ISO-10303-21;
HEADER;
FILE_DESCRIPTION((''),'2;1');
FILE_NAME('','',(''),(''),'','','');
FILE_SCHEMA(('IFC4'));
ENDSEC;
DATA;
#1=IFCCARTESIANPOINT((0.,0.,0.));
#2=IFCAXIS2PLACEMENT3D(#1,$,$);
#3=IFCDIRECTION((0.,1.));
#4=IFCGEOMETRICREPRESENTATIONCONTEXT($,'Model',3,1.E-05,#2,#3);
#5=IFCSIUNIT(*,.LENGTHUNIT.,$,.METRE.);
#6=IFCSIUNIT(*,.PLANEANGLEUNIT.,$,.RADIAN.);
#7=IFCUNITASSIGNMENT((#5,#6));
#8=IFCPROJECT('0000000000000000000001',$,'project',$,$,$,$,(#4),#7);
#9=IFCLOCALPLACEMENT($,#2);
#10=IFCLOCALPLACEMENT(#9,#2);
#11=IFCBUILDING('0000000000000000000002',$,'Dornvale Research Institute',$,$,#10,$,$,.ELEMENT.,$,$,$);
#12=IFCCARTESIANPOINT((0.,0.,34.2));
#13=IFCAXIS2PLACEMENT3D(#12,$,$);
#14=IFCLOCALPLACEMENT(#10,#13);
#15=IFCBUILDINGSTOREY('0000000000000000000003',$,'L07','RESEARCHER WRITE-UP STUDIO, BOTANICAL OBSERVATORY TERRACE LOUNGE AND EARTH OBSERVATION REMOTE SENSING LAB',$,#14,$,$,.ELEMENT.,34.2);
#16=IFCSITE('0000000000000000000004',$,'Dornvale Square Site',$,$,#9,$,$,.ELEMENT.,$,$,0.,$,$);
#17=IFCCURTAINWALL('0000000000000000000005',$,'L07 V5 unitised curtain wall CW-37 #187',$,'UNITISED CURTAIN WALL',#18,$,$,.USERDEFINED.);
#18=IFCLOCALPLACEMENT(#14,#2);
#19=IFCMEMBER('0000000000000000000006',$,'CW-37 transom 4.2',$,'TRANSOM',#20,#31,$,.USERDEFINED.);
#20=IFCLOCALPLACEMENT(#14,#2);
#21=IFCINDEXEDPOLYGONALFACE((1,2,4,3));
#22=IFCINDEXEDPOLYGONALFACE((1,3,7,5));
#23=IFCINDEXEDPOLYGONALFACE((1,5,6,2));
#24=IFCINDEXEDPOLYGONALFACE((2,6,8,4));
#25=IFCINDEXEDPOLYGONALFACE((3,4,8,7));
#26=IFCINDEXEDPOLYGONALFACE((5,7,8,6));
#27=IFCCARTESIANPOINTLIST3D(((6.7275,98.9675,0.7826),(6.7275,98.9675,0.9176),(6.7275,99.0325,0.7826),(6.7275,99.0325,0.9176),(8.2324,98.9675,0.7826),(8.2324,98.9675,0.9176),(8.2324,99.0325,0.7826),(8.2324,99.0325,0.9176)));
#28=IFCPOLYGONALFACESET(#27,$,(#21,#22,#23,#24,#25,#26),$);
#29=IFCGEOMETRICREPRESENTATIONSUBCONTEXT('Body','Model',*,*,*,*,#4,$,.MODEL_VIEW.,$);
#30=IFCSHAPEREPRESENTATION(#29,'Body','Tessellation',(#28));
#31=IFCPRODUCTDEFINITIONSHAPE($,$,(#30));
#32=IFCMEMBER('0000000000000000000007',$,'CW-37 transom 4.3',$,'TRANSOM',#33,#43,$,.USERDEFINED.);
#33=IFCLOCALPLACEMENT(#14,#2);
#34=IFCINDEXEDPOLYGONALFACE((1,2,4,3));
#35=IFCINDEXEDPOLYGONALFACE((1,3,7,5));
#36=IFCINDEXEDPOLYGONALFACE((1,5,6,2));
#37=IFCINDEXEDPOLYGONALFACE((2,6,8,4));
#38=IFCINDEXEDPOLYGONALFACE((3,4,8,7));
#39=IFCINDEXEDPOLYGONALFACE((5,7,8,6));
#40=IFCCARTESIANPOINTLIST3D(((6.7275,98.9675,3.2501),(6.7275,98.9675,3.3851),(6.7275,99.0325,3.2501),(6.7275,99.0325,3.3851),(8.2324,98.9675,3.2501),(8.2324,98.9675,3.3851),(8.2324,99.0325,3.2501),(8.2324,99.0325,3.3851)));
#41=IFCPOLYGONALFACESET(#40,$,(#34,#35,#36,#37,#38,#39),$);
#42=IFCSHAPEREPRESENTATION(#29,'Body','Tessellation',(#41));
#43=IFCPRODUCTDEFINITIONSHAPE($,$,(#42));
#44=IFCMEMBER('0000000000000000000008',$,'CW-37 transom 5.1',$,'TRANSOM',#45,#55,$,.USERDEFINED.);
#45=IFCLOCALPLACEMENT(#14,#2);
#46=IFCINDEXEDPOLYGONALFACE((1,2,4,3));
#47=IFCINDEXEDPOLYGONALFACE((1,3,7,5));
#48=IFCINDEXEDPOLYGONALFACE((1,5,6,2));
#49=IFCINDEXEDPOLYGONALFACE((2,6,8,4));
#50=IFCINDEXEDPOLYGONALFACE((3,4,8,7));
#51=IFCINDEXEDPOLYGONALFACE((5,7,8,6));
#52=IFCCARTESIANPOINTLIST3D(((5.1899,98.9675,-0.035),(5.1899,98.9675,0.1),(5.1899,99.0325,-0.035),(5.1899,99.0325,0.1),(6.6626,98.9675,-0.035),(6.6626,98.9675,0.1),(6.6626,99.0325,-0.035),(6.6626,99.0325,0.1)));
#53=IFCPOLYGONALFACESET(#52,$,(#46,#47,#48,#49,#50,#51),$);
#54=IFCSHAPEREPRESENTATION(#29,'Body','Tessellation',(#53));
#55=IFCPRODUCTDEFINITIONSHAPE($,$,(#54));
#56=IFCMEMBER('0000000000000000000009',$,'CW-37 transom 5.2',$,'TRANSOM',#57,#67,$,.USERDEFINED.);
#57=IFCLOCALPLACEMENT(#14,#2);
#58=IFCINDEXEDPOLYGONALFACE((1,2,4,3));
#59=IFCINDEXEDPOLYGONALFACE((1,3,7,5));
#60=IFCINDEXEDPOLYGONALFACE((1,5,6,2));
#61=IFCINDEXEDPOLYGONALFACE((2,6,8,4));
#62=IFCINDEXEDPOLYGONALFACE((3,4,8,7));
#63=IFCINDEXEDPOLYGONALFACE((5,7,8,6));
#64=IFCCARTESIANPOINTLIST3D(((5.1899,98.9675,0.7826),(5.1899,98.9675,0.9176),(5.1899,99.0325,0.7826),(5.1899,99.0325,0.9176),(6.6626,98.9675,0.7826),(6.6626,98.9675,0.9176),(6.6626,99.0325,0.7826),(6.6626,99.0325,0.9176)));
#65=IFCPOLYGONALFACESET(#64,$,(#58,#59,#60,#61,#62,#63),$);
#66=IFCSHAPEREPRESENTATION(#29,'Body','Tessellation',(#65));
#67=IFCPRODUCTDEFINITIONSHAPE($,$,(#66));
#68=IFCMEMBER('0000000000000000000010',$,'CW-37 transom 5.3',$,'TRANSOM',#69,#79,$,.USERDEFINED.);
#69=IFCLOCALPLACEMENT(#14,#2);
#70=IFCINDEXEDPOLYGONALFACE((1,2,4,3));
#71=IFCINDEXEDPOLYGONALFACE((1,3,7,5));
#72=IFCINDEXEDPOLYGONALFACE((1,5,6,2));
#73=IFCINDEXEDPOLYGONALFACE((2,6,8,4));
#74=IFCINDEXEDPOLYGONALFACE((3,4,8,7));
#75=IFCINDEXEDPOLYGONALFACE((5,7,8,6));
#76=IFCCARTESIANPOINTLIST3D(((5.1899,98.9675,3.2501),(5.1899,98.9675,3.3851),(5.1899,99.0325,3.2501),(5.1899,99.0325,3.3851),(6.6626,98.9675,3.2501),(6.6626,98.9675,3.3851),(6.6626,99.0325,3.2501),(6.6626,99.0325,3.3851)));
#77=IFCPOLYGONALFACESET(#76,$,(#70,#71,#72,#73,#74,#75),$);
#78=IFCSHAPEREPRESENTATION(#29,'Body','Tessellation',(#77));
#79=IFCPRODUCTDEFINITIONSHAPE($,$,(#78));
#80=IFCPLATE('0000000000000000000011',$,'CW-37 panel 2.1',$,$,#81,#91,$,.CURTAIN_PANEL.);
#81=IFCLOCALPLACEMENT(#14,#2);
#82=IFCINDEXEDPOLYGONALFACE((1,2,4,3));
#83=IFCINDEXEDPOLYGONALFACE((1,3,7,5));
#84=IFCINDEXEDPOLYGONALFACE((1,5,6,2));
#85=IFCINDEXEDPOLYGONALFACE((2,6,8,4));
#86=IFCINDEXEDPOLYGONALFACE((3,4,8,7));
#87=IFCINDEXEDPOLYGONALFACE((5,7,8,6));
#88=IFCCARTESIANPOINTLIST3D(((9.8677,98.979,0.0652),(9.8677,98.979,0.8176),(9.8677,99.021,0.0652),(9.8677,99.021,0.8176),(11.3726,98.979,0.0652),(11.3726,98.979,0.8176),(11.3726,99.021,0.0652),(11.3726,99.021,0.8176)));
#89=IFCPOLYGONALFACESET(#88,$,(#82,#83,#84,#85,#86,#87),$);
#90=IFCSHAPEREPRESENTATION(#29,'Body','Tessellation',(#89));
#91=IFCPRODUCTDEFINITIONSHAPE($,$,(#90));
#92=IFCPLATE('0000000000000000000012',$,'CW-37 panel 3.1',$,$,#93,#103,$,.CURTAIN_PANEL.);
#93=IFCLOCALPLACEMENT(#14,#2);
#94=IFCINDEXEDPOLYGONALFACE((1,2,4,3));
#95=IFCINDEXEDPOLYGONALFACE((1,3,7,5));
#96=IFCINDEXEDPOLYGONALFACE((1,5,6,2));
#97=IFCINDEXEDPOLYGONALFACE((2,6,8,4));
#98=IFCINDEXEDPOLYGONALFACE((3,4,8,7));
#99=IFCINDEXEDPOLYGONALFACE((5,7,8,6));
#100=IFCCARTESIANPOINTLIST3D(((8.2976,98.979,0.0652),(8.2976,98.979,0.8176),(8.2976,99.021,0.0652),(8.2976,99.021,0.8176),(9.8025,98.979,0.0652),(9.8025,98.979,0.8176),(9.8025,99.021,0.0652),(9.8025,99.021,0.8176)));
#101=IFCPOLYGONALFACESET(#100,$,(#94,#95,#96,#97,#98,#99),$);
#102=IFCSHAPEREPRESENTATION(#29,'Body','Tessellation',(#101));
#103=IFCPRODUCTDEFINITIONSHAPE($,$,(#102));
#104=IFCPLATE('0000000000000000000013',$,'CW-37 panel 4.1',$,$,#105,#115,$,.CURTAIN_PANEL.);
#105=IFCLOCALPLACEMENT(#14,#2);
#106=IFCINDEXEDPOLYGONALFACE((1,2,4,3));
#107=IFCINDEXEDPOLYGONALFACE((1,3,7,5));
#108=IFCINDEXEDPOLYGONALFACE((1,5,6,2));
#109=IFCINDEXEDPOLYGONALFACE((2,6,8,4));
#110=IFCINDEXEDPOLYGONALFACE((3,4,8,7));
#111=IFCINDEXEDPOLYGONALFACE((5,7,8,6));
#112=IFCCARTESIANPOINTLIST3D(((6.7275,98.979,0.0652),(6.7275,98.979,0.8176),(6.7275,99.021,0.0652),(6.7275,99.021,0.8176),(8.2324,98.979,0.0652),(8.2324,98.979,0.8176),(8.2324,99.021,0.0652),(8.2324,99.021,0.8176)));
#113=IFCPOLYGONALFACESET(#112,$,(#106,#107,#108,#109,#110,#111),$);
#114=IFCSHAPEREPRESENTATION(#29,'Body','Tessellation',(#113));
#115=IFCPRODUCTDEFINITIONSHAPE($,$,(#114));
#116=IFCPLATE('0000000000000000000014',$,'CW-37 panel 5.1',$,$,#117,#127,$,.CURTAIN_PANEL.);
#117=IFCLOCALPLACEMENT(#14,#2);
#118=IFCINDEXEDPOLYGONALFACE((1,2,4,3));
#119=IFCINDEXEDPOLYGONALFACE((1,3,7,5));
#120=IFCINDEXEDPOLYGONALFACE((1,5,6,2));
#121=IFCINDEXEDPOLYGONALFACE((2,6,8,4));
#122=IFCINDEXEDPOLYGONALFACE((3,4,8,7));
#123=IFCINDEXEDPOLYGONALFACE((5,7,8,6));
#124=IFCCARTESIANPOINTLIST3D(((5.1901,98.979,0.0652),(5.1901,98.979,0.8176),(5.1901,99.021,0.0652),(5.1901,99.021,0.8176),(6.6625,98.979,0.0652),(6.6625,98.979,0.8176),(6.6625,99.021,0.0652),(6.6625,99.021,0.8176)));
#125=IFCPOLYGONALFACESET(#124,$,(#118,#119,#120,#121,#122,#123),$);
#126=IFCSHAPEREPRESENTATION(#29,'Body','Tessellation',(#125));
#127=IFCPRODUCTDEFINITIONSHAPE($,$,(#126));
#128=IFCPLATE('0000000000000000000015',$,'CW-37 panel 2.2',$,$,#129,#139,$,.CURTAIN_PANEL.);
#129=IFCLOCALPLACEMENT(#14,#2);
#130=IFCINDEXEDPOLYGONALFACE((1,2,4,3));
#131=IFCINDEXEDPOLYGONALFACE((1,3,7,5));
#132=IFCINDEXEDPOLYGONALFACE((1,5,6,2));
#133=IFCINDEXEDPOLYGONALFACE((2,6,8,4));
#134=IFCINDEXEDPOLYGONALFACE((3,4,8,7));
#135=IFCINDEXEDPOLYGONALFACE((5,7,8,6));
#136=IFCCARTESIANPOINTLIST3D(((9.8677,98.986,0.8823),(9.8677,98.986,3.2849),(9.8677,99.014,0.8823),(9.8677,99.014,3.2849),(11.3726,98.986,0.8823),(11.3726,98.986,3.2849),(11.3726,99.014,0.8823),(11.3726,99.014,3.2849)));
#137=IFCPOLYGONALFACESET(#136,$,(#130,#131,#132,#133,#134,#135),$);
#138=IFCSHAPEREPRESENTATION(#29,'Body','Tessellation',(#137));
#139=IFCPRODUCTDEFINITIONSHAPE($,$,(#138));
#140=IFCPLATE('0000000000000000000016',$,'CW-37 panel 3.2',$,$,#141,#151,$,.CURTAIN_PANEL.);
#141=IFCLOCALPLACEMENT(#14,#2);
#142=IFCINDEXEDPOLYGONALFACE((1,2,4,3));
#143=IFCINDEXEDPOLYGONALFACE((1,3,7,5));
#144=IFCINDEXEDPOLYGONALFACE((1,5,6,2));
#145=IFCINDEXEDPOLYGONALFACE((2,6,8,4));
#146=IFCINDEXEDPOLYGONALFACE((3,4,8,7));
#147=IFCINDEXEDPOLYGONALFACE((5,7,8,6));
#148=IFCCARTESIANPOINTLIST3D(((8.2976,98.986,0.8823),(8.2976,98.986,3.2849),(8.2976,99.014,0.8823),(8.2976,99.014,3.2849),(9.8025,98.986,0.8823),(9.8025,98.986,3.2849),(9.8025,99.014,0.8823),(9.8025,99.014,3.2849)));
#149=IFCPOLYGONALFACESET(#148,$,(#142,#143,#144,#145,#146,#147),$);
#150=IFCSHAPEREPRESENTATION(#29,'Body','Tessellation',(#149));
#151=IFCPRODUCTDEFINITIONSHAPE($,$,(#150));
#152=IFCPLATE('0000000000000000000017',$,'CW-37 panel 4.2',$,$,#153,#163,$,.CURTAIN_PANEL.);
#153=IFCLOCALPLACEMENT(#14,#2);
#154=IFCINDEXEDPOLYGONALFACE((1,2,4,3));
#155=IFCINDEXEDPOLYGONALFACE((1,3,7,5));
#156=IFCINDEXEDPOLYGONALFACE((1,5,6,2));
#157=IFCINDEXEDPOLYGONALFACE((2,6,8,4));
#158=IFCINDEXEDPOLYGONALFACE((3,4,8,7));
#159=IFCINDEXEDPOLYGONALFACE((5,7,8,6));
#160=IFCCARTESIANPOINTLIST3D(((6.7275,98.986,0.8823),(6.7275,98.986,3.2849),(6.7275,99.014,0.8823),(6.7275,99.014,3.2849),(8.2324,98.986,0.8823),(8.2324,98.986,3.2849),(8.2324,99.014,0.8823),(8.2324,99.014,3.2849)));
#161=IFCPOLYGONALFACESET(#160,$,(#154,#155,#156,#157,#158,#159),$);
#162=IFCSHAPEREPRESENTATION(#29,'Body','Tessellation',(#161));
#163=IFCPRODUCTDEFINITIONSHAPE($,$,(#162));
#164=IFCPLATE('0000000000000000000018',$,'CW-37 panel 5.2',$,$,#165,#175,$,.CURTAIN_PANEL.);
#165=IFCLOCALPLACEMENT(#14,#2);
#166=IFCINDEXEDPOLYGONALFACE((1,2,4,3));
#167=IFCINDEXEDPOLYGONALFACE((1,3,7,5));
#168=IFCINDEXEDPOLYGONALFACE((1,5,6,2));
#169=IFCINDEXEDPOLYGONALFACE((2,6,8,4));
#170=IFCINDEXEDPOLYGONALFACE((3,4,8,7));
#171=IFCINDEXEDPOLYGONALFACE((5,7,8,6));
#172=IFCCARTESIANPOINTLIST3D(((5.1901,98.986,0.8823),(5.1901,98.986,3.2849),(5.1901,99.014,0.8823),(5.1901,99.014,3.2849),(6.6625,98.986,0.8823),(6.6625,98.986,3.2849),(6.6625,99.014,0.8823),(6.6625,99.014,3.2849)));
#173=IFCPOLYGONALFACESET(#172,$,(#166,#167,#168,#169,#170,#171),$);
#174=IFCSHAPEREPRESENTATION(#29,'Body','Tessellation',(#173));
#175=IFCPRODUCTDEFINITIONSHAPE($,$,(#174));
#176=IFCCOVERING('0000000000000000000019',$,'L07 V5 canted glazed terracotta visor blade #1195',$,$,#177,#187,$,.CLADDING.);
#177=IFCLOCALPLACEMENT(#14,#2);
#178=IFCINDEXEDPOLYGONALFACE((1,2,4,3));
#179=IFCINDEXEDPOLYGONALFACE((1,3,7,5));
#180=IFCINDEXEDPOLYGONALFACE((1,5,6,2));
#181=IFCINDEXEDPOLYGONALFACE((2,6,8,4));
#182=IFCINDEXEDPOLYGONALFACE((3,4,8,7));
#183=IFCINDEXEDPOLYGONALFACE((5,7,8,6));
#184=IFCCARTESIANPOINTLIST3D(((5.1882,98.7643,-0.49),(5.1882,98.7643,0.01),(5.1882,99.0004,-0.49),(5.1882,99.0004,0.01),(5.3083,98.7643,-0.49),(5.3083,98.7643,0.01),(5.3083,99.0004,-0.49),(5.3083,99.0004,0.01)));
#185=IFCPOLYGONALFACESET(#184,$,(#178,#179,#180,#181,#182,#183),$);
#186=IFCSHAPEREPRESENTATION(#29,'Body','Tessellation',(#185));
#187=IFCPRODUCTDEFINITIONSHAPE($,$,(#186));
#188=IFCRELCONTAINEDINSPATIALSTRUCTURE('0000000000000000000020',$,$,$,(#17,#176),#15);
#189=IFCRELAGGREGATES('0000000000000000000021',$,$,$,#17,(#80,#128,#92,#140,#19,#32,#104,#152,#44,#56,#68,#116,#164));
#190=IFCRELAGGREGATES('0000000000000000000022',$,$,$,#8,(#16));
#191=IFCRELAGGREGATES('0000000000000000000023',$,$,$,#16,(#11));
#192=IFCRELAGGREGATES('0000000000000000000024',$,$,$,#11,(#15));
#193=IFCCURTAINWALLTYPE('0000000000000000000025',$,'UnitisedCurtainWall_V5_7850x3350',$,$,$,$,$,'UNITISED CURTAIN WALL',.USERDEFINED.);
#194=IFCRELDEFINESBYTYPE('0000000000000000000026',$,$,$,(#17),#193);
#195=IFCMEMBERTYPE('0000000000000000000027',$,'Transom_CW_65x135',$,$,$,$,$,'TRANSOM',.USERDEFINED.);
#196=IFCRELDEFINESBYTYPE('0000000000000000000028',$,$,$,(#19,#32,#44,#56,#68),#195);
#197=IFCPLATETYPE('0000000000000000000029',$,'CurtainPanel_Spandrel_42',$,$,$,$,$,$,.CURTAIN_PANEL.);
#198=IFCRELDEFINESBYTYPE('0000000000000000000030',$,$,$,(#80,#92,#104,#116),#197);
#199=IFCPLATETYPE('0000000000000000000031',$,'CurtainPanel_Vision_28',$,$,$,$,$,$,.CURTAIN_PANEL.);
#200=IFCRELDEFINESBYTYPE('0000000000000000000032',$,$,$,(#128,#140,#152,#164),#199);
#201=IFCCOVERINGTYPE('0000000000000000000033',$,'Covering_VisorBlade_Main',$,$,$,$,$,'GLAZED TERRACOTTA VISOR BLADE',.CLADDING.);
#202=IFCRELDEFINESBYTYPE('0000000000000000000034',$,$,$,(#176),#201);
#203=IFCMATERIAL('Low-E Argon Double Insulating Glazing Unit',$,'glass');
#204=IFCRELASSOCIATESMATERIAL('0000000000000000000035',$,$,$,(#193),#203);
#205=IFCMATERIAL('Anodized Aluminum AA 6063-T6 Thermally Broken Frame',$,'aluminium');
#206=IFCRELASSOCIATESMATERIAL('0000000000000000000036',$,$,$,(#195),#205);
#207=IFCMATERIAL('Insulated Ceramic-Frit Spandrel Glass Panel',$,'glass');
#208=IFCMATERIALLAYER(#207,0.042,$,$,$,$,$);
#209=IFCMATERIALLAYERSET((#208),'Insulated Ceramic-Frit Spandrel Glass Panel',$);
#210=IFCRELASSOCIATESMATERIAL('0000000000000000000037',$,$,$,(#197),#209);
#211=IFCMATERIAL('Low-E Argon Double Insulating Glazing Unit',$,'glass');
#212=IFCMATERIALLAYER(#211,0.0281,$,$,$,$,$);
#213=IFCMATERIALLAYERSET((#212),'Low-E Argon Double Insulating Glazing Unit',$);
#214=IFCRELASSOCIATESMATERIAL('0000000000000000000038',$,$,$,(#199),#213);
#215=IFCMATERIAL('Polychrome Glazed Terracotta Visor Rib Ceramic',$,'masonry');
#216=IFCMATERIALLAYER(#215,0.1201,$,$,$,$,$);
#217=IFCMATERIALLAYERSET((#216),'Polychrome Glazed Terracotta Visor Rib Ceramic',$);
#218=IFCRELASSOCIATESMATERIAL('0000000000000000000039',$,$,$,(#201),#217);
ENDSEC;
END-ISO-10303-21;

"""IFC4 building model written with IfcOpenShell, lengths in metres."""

from ifc_helpers import new_model, si_unit, direction, frame, origin, origin_2d, place, context, subcontext, project, spatial, rectangle, extrude, material, layer, layer_set, material_profile, profile_set, type_object, element, aggregate, save


model = new_model("IFC4")

# Units and contexts
model_context = context("Model", 3, precision=1e-05, world=origin(), true_north=direction((0.0, 1.0)))
body_context = subcontext(model_context, "Body", "Model", "MODEL_VIEW")
ifc_project = project(units=[si_unit("LENGTHUNIT", "METRE"), si_unit("PLANEANGLEUNIT", "RADIAN")], contexts=[model_context])

# Site, building, storey
site_placement = place(None, origin())
site = spatial("IfcSite", under=ifc_project, at=site_placement, Name="Dornvale Square Site", CompositionType="ELEMENT", RefElevation=0.0)
building_placement = place(site_placement, origin())
building = spatial("IfcBuilding", under=site, at=building_placement, Name="Dornvale Research Institute", CompositionType="ELEMENT")
storey_placement = place(building_placement, frame((0.0, 0.0, 34.2)))
storey = spatial("IfcBuildingStorey", under=building, at=storey_placement, Name="L07", Description="RESEARCHER WRITE-UP STUDIO, BOTANICAL OBSERVATORY TERRACE LOUNGE AND EARTH OBSERVATION REMOTE SENSING LAB", CompositionType="ELEMENT", Elevation=34.2)

# Curtain wall
ifc_material_1 = material(Name="Low-E Argon Double Insulating Glazing Unit", Category="glass")
curtain_wall_type = type_object("IfcCurtainWallType", Name="UnitisedCurtainWall_V5_7850x3350", ElementType="UNITISED CURTAIN WALL", PredefinedType="USERDEFINED", material=ifc_material_1)
curtain_wall_placement = place(storey_placement, origin())
curtain_wall = element("IfcCurtainWall", 1, at=curtain_wall_placement, inside=storey, type_object=curtain_wall_type, Name="L07 V5 unitised curtain wall CW-37 #187", ObjectType="UNITISED CURTAIN WALL", PredefinedType="USERDEFINED")

# Members
ifc_material_2 = material(Name="Anodized Aluminum AA 6063-T6 Thermally Broken Frame", Category="aluminium")
ifc_material_profile_1 = material_profile(ifc_material_2, rectangle(XDim=0.0649, YDim=0.135, at=origin_2d()), Name="ALU TRANSOM 65x135")
ifc_profile_set_1 = profile_set([ifc_material_profile_1], Name="Anodized Aluminum AA 6063-T6 Thermally Broken Frame")
member_type_1 = type_object("IfcMemberType", Name="Transom_CW_65x135", ElementType="TRANSOM", PredefinedType="USERDEFINED", material=ifc_profile_set_1)
member_1_placement = place(storey_placement, frame((8.2324, 99.0, 0.8501), z_axis=(-1.0, 0.0, 0.0), x_axis=(0.0, -1.0, 0.0)))
member_1 = element("IfcMember", 2, at=member_1_placement, type_object=member_type_1, Name="CW-37 transom 4.2", ObjectType="TRANSOM", PredefinedType="USERDEFINED", context=body_context, shape_type="SweptSolid", body=[
    extrude(rectangle(XDim=0.0649, YDim=0.135, at=origin_2d()), origin(), (0.0, 0.0, 1.0), 1.5049),
])
member_2_placement = place(storey_placement, frame((8.2324, 99.0, 3.3176), z_axis=(-1.0, 0.0, 0.0), x_axis=(0.0, -1.0, 0.0)))
member_2 = element("IfcMember", 3, at=member_2_placement, type_object=member_type_1, Name="CW-37 transom 4.3", ObjectType="TRANSOM", PredefinedType="USERDEFINED", context=body_context, shape_type="SweptSolid", body=[
    extrude(rectangle(XDim=0.0649, YDim=0.135, at=origin_2d()), origin(), (0.0, 0.0, 1.0), 1.5049),
])
member_3_placement = place(storey_placement, frame((6.6626, 99.0, 0.0325), z_axis=(-1.0, 0.0, 0.0), x_axis=(0.0, -1.0, 0.0)))
member_3 = element("IfcMember", 4, at=member_3_placement, type_object=member_type_1, Name="CW-37 transom 5.1", ObjectType="TRANSOM", PredefinedType="USERDEFINED", context=body_context, shape_type="SweptSolid", body=[
    extrude(rectangle(XDim=0.0649, YDim=0.135, at=origin_2d()), origin(), (0.0, 0.0, 1.0), 1.4727),
])
member_4_placement = place(storey_placement, frame((6.6626, 99.0, 0.8501), z_axis=(-1.0, 0.0, 0.0), x_axis=(0.0, -1.0, 0.0)))
member_4 = element("IfcMember", 5, at=member_4_placement, type_object=member_type_1, Name="CW-37 transom 5.2", ObjectType="TRANSOM", PredefinedType="USERDEFINED", context=body_context, shape_type="SweptSolid", body=[
    extrude(rectangle(XDim=0.0649, YDim=0.135, at=origin_2d()), origin(), (0.0, 0.0, 1.0), 1.4727),
])
member_5_placement = place(storey_placement, frame((6.6626, 99.0, 3.3176), z_axis=(-1.0, 0.0, 0.0), x_axis=(0.0, -1.0, 0.0)))
member_5 = element("IfcMember", 6, at=member_5_placement, type_object=member_type_1, Name="CW-37 transom 5.3", ObjectType="TRANSOM", PredefinedType="USERDEFINED", context=body_context, shape_type="SweptSolid", body=[
    extrude(rectangle(XDim=0.0649, YDim=0.135, at=origin_2d()), origin(), (0.0, 0.0, 1.0), 1.4727),
])

# Plates
ifc_material_3 = material(Name="Insulated Ceramic-Frit Spandrel Glass Panel", Category="glass")
ifc_layer_1 = layer(ifc_material_3, 0.042)
ifc_layer_set_1 = layer_set([ifc_layer_1], Name="Insulated Ceramic-Frit Spandrel Glass Panel")
plate_type_1 = type_object("IfcPlateType", Name="CurtainPanel_Spandrel_42", PredefinedType="CURTAIN_PANEL", material=ifc_layer_set_1)
plate_1_placement = place(storey_placement, frame((10.6201, 99.0, 0.0652), z_axis=(0.0, 0.0, 1.0), x_axis=(-1.0, 0.0, 0.0)))
plate_1 = element("IfcPlate", 7, at=plate_1_placement, type_object=plate_type_1, Name="CW-37 panel 2.1", PredefinedType="CURTAIN_PANEL", context=body_context, shape_type="SweptSolid", body=[
    extrude(rectangle(XDim=1.5049, YDim=0.042, at=origin_2d()), origin(), (0.0, 0.0, 1.0), 0.7524),
])
plate_2_placement = place(storey_placement, frame((9.05, 99.0, 0.0652), z_axis=(0.0, 0.0, 1.0), x_axis=(-1.0, 0.0, 0.0)))
plate_2 = element("IfcPlate", 8, at=plate_2_placement, type_object=plate_type_1, Name="CW-37 panel 3.1", PredefinedType="CURTAIN_PANEL", context=body_context, shape_type="SweptSolid", body=[
    extrude(rectangle(XDim=1.5049, YDim=0.042, at=origin_2d()), origin(), (0.0, 0.0, 1.0), 0.7524),
])
plate_3_placement = place(storey_placement, frame((7.48, 99.0, 0.0652), z_axis=(0.0, 0.0, 1.0), x_axis=(-1.0, 0.0, 0.0)))
plate_3 = element("IfcPlate", 9, at=plate_3_placement, type_object=plate_type_1, Name="CW-37 panel 4.1", PredefinedType="CURTAIN_PANEL", context=body_context, shape_type="SweptSolid", body=[
    extrude(rectangle(XDim=1.5049, YDim=0.042, at=origin_2d()), origin(), (0.0, 0.0, 1.0), 0.7524),
])
plate_4_placement = place(storey_placement, frame((5.9263, 99.0, 0.0652), z_axis=(0.0, 0.0, 1.0), x_axis=(-1.0, 0.0, 0.0)))
plate_4 = element("IfcPlate", 10, at=plate_4_placement, type_object=plate_type_1, Name="CW-37 panel 5.1", PredefinedType="CURTAIN_PANEL", context=body_context, shape_type="SweptSolid", body=[
    extrude(rectangle(XDim=1.4724, YDim=0.042, at=origin_2d()), origin(), (0.0, 0.0, 1.0), 0.7524),
])
ifc_material_4 = material(Name="Low-E Argon Double Insulating Glazing Unit", Category="glass")
ifc_layer_2 = layer(ifc_material_4, 0.0281)
ifc_layer_set_2 = layer_set([ifc_layer_2], Name="Low-E Argon Double Insulating Glazing Unit")
plate_type_2 = type_object("IfcPlateType", Name="CurtainPanel_Vision_28", PredefinedType="CURTAIN_PANEL", material=ifc_layer_set_2)
plate_5_placement = place(storey_placement, frame((10.6201, 99.0, 0.8823), z_axis=(0.0, 0.0, 1.0), x_axis=(-1.0, 0.0, 0.0)))
plate_5 = element("IfcPlate", 11, at=plate_5_placement, type_object=plate_type_2, Name="CW-37 panel 2.2", PredefinedType="CURTAIN_PANEL", context=body_context, shape_type="SweptSolid", body=[
    extrude(rectangle(XDim=1.5049, YDim=0.0281, at=origin_2d()), origin(), (0.0, 0.0, 1.0), 2.4026),
])
plate_6_placement = place(storey_placement, frame((9.05, 99.0, 0.8823), z_axis=(0.0, 0.0, 1.0), x_axis=(-1.0, 0.0, 0.0)))
plate_6 = element("IfcPlate", 12, at=plate_6_placement, type_object=plate_type_2, Name="CW-37 panel 3.2", PredefinedType="CURTAIN_PANEL", context=body_context, shape_type="SweptSolid", body=[
    extrude(rectangle(XDim=1.5049, YDim=0.0281, at=origin_2d()), origin(), (0.0, 0.0, 1.0), 2.4026),
])
plate_7_placement = place(storey_placement, frame((7.48, 99.0, 0.8823), z_axis=(0.0, 0.0, 1.0), x_axis=(-1.0, 0.0, 0.0)))
plate_7 = element("IfcPlate", 13, at=plate_7_placement, type_object=plate_type_2, Name="CW-37 panel 4.2", PredefinedType="CURTAIN_PANEL", context=body_context, shape_type="SweptSolid", body=[
    extrude(rectangle(XDim=1.5049, YDim=0.0281, at=origin_2d()), origin(), (0.0, 0.0, 1.0), 2.4026),
])
plate_8_placement = place(storey_placement, frame((5.9263, 99.0, 0.8823), z_axis=(0.0, 0.0, 1.0), x_axis=(-1.0, 0.0, 0.0)))
plate_8 = element("IfcPlate", 14, at=plate_8_placement, type_object=plate_type_2, Name="CW-37 panel 5.2", PredefinedType="CURTAIN_PANEL", context=body_context, shape_type="SweptSolid", body=[
    extrude(rectangle(XDim=1.4724, YDim=0.0281, at=origin_2d()), origin(), (0.0, 0.0, 1.0), 2.4026),
])
aggregate(curtain_wall, [plate_1, plate_5, plate_2, plate_6, member_1, member_2, plate_3, plate_7, member_3, member_4, member_5, plate_4, plate_8])

# Covering
ifc_material_5 = material(Name="Polychrome Glazed Terracotta Visor Rib Ceramic", Category="masonry")
ifc_layer_3 = layer(ifc_material_5, 0.1201)
ifc_layer_set_3 = layer_set([ifc_layer_3], Name="Polychrome Glazed Terracotta Visor Rib Ceramic")
covering_type = type_object("IfcCoveringType", Name="Covering_VisorBlade_Main", ElementType="GLAZED TERRACOTTA VISOR BLADE", PredefinedType="CLADDING", material=ifc_layer_set_3)
covering_1_placement = place(storey_placement, frame((5.2483, 98.8823, -0.49), z_axis=(0.0, 0.0, 1.0), x_axis=(0.0, 1.0, 0.0)))
element("IfcCovering", 15, at=covering_1_placement, inside=storey, type_object=covering_type, Name="L07 V5 canted glazed terracotta visor blade #1195", PredefinedType="CLADDING", context=body_context, shape_type="SweptSolid", body=[
    extrude(rectangle(XDim=0.2361, YDim=0.1201, at=origin_2d()), origin(), (0.0, 0.0, 1.0), 0.5),
])

save(model, "model.ifc")
